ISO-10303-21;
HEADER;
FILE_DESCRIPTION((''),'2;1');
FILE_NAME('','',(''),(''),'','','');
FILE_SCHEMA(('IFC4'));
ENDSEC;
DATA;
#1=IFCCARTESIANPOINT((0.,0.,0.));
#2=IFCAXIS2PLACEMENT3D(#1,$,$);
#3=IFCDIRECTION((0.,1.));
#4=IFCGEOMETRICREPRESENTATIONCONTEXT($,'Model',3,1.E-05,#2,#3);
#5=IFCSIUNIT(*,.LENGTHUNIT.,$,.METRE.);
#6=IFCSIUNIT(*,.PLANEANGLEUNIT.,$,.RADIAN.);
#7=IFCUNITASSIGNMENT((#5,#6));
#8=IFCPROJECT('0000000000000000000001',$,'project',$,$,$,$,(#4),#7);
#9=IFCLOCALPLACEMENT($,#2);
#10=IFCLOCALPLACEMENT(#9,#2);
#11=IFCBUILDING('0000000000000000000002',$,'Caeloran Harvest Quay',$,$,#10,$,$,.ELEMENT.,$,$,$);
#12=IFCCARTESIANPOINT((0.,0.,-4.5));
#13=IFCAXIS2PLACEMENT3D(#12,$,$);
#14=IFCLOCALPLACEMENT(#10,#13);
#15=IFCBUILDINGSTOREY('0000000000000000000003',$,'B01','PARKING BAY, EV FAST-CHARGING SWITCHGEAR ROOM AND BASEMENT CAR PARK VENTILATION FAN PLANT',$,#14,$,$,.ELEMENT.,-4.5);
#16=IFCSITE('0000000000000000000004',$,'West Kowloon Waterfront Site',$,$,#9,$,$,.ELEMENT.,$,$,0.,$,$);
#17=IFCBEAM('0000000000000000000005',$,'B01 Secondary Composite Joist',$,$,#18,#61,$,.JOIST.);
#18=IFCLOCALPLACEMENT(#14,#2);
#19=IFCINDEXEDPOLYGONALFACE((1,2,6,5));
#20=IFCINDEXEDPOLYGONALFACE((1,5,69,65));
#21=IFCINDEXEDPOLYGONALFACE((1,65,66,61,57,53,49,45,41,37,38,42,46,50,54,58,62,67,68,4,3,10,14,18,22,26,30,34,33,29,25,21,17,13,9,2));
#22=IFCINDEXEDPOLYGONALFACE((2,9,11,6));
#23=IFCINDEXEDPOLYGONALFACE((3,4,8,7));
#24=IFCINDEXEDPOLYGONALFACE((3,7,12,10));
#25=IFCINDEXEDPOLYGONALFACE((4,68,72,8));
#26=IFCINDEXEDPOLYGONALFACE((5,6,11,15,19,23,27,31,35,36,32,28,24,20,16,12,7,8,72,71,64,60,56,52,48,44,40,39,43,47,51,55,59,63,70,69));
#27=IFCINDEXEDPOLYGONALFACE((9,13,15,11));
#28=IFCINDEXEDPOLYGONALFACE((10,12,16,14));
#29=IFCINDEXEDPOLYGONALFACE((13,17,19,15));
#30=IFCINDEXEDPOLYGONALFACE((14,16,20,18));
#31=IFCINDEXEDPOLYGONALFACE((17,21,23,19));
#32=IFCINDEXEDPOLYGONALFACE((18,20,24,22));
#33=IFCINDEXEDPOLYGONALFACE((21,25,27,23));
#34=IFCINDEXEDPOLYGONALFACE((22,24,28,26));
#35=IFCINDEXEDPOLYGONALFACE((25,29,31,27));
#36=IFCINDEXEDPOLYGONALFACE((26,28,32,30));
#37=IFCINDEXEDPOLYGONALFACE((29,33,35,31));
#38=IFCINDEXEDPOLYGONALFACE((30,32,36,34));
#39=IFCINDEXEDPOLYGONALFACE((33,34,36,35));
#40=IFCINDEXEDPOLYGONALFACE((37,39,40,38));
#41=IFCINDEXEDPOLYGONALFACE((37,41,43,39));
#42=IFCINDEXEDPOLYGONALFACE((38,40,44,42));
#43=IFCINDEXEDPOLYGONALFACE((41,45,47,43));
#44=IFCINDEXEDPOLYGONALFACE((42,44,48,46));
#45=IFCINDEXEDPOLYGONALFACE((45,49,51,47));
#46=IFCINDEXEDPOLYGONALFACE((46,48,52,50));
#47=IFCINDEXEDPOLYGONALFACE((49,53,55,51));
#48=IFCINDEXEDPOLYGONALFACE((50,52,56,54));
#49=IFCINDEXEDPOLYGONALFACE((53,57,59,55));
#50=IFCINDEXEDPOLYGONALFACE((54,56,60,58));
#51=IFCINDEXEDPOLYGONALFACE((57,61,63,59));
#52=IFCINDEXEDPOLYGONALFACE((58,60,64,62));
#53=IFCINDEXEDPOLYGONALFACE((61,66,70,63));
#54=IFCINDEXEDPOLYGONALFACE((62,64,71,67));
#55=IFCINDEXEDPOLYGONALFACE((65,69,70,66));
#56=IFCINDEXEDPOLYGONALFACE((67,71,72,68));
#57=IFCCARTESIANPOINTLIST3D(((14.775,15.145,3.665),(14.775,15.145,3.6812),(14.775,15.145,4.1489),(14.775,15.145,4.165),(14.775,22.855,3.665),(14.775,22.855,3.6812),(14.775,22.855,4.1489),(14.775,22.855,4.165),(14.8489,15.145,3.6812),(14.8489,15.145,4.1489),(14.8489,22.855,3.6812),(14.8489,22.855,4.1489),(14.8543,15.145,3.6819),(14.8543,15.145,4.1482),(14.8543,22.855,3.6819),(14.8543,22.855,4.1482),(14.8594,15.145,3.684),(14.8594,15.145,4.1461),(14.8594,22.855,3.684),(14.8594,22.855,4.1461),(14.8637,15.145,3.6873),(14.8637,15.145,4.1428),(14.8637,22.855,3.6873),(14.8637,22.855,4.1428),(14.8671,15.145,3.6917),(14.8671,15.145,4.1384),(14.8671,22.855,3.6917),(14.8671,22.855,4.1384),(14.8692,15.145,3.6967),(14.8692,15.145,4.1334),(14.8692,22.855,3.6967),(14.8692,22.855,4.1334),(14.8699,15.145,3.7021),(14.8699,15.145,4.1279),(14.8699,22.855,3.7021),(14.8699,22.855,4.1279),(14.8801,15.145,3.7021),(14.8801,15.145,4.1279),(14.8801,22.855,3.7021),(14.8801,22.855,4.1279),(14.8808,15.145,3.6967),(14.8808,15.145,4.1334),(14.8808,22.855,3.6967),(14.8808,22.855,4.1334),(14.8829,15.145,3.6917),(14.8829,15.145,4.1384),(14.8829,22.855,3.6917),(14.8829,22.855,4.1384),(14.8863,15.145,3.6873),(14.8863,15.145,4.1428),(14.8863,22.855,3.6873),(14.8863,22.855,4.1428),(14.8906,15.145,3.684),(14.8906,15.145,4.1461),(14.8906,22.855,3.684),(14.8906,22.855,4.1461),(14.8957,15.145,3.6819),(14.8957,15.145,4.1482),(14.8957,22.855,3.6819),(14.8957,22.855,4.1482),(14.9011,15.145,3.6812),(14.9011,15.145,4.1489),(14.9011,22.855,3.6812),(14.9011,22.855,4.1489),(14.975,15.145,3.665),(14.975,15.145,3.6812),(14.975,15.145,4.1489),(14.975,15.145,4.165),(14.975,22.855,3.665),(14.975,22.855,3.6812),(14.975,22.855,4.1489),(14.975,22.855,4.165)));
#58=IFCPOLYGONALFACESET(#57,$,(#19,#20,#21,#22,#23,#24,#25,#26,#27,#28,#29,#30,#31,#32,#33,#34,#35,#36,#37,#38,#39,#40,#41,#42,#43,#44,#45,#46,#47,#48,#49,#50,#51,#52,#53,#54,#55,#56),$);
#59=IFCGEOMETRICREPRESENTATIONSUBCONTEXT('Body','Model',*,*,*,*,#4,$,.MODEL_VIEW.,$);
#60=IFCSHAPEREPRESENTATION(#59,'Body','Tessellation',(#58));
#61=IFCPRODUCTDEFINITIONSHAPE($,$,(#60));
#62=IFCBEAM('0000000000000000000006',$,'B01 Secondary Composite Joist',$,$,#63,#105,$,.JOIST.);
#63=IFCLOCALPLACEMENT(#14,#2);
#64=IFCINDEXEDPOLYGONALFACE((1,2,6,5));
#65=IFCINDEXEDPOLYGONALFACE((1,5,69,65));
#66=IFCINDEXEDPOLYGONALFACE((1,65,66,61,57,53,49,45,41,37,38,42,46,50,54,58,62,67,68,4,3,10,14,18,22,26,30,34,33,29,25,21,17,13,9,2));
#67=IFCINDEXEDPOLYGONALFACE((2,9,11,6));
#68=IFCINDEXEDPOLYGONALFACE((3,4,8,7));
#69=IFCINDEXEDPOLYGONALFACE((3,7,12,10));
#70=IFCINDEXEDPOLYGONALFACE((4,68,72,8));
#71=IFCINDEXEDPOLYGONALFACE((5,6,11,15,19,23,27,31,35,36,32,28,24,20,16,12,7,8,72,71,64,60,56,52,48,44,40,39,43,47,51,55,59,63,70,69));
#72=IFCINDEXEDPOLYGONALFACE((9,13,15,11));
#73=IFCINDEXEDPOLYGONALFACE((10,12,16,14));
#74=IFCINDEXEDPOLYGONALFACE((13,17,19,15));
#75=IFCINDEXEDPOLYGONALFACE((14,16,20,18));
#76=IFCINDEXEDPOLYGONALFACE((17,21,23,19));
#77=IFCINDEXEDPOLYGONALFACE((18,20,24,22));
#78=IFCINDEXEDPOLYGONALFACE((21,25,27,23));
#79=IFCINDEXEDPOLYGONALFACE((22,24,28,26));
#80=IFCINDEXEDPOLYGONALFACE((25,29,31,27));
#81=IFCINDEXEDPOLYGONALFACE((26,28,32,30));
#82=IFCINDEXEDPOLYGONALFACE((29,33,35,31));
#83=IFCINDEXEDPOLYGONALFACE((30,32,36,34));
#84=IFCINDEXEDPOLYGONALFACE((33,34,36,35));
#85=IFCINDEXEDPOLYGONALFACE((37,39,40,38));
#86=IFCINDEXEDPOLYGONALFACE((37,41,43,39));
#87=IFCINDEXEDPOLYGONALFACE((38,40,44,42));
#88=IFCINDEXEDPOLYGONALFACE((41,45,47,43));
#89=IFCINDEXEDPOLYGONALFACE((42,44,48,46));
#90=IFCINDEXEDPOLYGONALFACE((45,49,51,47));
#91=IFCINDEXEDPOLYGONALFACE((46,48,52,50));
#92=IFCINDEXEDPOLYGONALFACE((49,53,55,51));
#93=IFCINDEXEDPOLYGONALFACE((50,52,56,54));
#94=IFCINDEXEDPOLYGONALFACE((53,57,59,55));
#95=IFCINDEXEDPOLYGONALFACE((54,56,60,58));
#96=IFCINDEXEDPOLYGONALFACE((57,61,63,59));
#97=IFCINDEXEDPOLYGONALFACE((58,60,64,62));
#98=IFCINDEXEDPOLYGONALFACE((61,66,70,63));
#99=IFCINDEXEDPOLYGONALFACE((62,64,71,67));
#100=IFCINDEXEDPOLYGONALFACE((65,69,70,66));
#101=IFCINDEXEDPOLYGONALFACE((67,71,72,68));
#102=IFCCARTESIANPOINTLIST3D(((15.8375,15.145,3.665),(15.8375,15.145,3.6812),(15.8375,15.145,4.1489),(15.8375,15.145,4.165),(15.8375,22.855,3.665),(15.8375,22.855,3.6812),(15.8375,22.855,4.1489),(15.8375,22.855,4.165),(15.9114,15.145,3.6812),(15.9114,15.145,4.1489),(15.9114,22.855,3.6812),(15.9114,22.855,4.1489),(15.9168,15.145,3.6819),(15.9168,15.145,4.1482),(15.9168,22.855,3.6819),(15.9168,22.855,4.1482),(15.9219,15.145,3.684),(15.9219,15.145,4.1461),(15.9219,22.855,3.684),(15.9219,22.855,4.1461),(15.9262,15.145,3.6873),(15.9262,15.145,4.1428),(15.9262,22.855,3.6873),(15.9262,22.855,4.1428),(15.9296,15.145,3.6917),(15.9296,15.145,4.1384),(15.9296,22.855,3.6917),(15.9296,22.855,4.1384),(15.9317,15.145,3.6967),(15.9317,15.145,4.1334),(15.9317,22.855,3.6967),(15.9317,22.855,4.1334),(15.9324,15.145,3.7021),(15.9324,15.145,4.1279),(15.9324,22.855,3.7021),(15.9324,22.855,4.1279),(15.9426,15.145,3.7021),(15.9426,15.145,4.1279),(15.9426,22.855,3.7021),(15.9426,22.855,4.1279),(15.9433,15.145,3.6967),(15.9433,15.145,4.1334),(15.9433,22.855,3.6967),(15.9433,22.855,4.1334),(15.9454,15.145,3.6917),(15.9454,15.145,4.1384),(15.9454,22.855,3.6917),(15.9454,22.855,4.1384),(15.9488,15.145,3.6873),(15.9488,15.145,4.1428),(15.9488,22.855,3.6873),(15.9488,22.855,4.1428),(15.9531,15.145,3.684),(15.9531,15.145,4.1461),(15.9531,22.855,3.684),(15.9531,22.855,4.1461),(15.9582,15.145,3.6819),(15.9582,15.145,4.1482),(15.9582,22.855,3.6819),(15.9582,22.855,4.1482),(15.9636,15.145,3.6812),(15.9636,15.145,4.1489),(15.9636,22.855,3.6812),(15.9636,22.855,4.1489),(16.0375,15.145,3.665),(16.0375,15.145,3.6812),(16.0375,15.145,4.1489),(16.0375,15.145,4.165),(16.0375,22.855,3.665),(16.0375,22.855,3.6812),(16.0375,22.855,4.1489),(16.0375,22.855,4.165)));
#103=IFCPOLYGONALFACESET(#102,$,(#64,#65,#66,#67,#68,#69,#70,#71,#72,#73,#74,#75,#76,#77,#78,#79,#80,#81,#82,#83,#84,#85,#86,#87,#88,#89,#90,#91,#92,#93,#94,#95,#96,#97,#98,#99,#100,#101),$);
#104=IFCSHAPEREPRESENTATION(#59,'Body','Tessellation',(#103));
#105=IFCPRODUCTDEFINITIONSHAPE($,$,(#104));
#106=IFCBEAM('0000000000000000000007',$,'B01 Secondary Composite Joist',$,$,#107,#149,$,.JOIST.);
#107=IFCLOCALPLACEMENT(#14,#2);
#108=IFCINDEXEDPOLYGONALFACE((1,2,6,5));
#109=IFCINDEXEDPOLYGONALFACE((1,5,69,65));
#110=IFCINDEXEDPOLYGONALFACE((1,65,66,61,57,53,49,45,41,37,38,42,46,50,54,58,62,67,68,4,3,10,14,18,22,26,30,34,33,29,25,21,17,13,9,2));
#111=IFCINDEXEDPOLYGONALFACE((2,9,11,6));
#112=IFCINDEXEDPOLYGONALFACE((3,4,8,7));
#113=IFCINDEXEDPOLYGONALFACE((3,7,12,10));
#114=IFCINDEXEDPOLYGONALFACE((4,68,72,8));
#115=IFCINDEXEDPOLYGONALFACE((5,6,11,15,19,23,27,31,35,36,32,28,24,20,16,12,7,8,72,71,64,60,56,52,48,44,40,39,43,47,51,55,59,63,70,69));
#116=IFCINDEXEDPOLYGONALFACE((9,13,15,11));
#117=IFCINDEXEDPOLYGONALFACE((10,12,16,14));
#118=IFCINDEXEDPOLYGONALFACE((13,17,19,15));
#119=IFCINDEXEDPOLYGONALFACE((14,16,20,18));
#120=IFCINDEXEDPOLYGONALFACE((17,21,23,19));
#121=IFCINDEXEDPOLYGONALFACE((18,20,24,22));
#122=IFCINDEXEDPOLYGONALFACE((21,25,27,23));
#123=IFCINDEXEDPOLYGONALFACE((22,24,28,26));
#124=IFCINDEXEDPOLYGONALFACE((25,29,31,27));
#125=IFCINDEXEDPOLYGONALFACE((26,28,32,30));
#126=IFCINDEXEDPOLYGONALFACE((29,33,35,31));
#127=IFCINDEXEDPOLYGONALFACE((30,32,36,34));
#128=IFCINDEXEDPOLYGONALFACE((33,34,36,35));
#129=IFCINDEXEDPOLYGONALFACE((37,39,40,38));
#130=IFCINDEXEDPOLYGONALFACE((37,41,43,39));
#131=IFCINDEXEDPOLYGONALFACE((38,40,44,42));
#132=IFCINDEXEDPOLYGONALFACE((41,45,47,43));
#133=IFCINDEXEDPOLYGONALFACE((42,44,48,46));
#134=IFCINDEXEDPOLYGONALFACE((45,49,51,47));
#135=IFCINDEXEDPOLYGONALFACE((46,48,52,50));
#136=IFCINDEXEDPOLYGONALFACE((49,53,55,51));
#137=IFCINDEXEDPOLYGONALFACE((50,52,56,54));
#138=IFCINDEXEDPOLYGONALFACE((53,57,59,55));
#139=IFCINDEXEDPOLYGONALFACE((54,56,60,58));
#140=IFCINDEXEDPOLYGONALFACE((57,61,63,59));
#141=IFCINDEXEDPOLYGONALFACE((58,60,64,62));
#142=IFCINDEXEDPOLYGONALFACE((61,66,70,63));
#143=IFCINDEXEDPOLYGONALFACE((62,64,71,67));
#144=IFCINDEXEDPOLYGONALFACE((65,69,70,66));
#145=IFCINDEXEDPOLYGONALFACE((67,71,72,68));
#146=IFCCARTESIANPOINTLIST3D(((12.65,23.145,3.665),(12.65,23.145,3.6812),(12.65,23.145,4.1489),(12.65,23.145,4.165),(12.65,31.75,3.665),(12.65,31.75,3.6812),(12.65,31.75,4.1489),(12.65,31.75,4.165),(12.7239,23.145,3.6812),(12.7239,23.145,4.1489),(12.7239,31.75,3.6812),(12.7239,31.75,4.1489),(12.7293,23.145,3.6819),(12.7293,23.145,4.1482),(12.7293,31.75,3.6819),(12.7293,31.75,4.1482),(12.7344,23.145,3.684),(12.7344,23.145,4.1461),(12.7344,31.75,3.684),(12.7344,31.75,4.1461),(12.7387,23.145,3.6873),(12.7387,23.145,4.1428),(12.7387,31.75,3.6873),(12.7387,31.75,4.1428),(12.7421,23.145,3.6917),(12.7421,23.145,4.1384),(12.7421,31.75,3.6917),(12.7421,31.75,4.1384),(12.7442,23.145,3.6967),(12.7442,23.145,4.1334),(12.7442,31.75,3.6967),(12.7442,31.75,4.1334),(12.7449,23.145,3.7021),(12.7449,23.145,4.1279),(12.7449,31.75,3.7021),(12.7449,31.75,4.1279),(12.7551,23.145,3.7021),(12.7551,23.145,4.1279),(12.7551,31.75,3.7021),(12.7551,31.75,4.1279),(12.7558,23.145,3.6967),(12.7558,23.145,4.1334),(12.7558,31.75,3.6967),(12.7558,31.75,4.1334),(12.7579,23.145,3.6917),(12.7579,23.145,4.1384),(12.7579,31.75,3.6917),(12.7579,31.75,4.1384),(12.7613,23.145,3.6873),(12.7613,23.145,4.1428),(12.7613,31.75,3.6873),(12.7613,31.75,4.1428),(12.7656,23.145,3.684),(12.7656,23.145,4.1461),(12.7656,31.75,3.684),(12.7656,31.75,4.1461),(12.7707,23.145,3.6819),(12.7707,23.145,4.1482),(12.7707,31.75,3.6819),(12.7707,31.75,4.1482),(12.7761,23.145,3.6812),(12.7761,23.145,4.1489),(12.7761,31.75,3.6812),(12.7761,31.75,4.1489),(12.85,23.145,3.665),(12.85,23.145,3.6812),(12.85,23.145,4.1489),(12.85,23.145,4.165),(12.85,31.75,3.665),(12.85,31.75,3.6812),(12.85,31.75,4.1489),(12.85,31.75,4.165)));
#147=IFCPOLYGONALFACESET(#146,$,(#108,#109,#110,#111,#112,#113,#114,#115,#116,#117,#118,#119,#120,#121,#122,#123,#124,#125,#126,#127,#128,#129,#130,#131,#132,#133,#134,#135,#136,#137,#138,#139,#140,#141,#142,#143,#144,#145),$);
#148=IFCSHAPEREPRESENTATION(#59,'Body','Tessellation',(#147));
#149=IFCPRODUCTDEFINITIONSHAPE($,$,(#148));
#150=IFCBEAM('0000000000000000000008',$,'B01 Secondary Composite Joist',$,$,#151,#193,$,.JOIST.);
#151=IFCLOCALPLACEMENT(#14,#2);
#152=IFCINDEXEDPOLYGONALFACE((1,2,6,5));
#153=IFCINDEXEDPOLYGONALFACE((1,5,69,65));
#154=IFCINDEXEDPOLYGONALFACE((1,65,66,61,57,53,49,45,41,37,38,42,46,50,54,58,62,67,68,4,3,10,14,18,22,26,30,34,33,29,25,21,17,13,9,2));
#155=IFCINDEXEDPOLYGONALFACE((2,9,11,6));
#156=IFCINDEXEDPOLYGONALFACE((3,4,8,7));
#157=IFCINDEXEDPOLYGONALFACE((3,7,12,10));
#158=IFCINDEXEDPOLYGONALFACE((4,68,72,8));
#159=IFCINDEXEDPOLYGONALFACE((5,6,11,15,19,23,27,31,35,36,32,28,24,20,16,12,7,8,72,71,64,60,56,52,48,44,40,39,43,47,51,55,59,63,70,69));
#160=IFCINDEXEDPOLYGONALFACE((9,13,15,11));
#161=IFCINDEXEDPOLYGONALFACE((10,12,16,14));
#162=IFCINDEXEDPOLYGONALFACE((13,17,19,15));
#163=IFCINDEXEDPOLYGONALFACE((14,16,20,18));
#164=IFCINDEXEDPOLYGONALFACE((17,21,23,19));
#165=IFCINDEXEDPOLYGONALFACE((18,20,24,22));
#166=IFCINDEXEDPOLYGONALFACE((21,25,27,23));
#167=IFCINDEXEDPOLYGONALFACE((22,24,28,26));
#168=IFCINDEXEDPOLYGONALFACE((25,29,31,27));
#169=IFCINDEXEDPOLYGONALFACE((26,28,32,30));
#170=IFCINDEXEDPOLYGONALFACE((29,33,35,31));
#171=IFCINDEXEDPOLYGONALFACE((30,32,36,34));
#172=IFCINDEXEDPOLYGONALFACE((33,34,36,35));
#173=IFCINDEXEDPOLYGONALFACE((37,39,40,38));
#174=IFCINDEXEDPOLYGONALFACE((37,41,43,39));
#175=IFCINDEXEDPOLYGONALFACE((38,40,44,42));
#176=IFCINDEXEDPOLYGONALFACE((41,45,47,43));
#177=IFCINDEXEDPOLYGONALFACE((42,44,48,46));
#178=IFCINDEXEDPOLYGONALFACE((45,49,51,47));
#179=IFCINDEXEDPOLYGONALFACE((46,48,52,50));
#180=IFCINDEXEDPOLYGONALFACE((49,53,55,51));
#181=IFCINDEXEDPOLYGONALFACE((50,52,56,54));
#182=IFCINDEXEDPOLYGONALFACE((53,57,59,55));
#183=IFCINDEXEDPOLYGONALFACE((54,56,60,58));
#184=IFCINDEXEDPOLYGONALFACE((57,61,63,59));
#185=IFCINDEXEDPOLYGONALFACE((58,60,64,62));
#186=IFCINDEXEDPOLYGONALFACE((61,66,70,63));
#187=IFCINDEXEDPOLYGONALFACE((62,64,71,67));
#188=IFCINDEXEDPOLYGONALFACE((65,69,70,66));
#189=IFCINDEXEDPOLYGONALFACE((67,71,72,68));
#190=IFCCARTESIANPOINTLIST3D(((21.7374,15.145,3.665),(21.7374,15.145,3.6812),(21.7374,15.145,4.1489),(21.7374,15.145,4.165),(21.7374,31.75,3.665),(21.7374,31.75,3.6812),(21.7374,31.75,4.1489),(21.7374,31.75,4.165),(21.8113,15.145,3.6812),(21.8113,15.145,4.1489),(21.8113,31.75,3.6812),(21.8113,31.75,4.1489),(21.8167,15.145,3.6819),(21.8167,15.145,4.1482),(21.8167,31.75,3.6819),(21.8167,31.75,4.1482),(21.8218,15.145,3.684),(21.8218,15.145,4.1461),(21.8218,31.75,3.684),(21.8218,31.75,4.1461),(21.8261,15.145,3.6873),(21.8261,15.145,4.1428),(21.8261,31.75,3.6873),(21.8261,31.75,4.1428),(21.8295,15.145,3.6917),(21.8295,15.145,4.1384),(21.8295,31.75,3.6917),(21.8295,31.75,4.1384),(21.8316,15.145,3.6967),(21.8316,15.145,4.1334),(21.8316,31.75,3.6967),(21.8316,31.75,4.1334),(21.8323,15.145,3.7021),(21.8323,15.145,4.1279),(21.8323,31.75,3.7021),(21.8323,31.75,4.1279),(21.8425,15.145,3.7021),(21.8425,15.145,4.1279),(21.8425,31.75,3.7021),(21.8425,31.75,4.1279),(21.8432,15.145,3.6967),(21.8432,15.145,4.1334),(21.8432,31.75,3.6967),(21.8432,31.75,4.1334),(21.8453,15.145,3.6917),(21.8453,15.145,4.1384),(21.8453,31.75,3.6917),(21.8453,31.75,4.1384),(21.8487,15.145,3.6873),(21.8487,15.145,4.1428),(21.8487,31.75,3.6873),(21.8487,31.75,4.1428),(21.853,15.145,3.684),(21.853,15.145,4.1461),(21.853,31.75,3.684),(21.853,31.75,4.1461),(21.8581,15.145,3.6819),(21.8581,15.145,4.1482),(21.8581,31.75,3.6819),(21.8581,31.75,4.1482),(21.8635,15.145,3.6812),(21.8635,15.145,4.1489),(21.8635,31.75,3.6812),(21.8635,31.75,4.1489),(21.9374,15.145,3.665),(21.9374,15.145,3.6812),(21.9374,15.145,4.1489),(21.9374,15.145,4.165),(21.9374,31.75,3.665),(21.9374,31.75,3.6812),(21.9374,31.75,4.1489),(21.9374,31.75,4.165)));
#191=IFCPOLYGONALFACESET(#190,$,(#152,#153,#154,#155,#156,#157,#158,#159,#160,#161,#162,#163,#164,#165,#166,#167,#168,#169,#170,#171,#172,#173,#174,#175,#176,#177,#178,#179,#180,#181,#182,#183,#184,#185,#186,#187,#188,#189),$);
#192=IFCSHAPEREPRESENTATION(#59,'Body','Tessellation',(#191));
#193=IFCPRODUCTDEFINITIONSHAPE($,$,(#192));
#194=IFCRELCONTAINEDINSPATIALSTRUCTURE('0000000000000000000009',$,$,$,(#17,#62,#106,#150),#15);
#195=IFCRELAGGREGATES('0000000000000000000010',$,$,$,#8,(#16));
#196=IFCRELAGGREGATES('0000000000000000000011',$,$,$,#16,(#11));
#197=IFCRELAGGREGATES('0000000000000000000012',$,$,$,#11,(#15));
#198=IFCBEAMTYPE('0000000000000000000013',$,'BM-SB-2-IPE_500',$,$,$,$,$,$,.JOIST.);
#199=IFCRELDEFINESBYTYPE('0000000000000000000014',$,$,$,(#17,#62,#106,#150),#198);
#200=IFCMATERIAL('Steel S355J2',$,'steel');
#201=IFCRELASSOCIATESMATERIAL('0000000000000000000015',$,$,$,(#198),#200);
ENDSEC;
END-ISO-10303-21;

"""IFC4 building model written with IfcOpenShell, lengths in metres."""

from ifc_helpers import new_model, si_unit, direction, frame, origin, origin_2d, place, context, subcontext, project, spatial, i_section, extrude, material, material_profile, profile_set, type_object, element, save


model = new_model("IFC4")

# Units and contexts
model_context = context("Model", 3, precision=1e-05, world=origin(), true_north=direction((0.0, 1.0)))
body_context = subcontext(model_context, "Body", "Model", "MODEL_VIEW")
ifc_project = project(units=[si_unit("LENGTHUNIT", "METRE"), si_unit("PLANEANGLEUNIT", "RADIAN")], contexts=[model_context])

# Site, building, storey
site_placement = place(None, origin())
site = spatial("IfcSite", under=ifc_project, at=site_placement, Name="West Kowloon Waterfront Site", CompositionType="ELEMENT", RefElevation=0.0)
building_placement = place(site_placement, origin())
building = spatial("IfcBuilding", under=site, at=building_placement, Name="Caeloran Harvest Quay", CompositionType="ELEMENT")
storey_placement = place(building_placement, frame((0.0, 0.0, -4.5)))
storey = spatial("IfcBuildingStorey", under=building, at=storey_placement, Name="B01", Description="PARKING BAY, EV FAST-CHARGING SWITCHGEAR ROOM AND BASEMENT CAR PARK VENTILATION FAN PLANT", CompositionType="ELEMENT", Elevation=-4.5)

# Beams
ifc_material_1 = material(Name="Steel S355J2", Category="steel")
ifc_material_profile_1 = material_profile(ifc_material_1, i_section(OverallWidth=0.2, OverallDepth=0.5, WebThickness=0.0103, FlangeThickness=0.0161, FilletRadius=0.021, at=origin_2d()), Name="IPE 500")
ifc_profile_set_1 = profile_set([ifc_material_profile_1], Name="Steel S355J2")
beam_type_1 = type_object("IfcBeamType", Name="BM-SB-2-IPE_500", PredefinedType="JOIST", material=ifc_profile_set_1)
for number, where, z_axis, x_axis, name in (
    (1, (14.875, 15.145, 3.915), (0.0, 1.0, 0.0), (-1.0, 0.0, 0.0), "B01 Secondary Composite Joist"),
    (2, (15.9375, 15.145, 3.915), (0.0, 1.0, 0.0), (-1.0, 0.0, 0.0), "B01 Secondary Composite Joist"),
):
    element("IfcBeam", number, at=place(storey_placement, frame(where, z_axis=z_axis, x_axis=x_axis)), inside=storey, type_object=beam_type_1, Name=name, PredefinedType="JOIST", context=body_context, shape_type="SweptSolid", body=[
        extrude(i_section(OverallWidth=0.2, OverallDepth=0.5, WebThickness=0.0103, FlangeThickness=0.0161, FilletRadius=0.021, at=origin_2d()), origin(), (0.0, 0.0, 1.0), 7.71),
    ])
beam_1_placement = place(storey_placement, frame((12.75, 23.145, 3.915), z_axis=(0.0, 1.0, 0.0), x_axis=(-1.0, 0.0, 0.0)))
element("IfcBeam", 3, at=beam_1_placement, inside=storey, type_object=beam_type_1, Name="B01 Secondary Composite Joist", PredefinedType="JOIST", context=body_context, shape_type="SweptSolid", body=[
    extrude(i_section(OverallWidth=0.2, OverallDepth=0.5, WebThickness=0.0103, FlangeThickness=0.0161, FilletRadius=0.021, at=origin_2d()), origin(), (0.0, 0.0, 1.0), 8.605),
])
for number, where, z_axis, x_axis, name in (
    (4, (21.8374, 15.145, 3.915), (0.0, 1.0, 0.0), (-1.0, 0.0, 0.0), "B01 Secondary Composite Joist"),
):
    element("IfcBeam", number, at=place(storey_placement, frame(where, z_axis=z_axis, x_axis=x_axis)), inside=storey, type_object=beam_type_1, Name=name, PredefinedType="JOIST", context=body_context, shape_type="SweptSolid", body=[
        extrude(i_section(OverallWidth=0.2, OverallDepth=0.5, WebThickness=0.0103, FlangeThickness=0.0161, FilletRadius=0.021, at=origin_2d()), origin(), (0.0, 0.0, 1.0), 16.605),
    ])

save(model, "model.ifc")
